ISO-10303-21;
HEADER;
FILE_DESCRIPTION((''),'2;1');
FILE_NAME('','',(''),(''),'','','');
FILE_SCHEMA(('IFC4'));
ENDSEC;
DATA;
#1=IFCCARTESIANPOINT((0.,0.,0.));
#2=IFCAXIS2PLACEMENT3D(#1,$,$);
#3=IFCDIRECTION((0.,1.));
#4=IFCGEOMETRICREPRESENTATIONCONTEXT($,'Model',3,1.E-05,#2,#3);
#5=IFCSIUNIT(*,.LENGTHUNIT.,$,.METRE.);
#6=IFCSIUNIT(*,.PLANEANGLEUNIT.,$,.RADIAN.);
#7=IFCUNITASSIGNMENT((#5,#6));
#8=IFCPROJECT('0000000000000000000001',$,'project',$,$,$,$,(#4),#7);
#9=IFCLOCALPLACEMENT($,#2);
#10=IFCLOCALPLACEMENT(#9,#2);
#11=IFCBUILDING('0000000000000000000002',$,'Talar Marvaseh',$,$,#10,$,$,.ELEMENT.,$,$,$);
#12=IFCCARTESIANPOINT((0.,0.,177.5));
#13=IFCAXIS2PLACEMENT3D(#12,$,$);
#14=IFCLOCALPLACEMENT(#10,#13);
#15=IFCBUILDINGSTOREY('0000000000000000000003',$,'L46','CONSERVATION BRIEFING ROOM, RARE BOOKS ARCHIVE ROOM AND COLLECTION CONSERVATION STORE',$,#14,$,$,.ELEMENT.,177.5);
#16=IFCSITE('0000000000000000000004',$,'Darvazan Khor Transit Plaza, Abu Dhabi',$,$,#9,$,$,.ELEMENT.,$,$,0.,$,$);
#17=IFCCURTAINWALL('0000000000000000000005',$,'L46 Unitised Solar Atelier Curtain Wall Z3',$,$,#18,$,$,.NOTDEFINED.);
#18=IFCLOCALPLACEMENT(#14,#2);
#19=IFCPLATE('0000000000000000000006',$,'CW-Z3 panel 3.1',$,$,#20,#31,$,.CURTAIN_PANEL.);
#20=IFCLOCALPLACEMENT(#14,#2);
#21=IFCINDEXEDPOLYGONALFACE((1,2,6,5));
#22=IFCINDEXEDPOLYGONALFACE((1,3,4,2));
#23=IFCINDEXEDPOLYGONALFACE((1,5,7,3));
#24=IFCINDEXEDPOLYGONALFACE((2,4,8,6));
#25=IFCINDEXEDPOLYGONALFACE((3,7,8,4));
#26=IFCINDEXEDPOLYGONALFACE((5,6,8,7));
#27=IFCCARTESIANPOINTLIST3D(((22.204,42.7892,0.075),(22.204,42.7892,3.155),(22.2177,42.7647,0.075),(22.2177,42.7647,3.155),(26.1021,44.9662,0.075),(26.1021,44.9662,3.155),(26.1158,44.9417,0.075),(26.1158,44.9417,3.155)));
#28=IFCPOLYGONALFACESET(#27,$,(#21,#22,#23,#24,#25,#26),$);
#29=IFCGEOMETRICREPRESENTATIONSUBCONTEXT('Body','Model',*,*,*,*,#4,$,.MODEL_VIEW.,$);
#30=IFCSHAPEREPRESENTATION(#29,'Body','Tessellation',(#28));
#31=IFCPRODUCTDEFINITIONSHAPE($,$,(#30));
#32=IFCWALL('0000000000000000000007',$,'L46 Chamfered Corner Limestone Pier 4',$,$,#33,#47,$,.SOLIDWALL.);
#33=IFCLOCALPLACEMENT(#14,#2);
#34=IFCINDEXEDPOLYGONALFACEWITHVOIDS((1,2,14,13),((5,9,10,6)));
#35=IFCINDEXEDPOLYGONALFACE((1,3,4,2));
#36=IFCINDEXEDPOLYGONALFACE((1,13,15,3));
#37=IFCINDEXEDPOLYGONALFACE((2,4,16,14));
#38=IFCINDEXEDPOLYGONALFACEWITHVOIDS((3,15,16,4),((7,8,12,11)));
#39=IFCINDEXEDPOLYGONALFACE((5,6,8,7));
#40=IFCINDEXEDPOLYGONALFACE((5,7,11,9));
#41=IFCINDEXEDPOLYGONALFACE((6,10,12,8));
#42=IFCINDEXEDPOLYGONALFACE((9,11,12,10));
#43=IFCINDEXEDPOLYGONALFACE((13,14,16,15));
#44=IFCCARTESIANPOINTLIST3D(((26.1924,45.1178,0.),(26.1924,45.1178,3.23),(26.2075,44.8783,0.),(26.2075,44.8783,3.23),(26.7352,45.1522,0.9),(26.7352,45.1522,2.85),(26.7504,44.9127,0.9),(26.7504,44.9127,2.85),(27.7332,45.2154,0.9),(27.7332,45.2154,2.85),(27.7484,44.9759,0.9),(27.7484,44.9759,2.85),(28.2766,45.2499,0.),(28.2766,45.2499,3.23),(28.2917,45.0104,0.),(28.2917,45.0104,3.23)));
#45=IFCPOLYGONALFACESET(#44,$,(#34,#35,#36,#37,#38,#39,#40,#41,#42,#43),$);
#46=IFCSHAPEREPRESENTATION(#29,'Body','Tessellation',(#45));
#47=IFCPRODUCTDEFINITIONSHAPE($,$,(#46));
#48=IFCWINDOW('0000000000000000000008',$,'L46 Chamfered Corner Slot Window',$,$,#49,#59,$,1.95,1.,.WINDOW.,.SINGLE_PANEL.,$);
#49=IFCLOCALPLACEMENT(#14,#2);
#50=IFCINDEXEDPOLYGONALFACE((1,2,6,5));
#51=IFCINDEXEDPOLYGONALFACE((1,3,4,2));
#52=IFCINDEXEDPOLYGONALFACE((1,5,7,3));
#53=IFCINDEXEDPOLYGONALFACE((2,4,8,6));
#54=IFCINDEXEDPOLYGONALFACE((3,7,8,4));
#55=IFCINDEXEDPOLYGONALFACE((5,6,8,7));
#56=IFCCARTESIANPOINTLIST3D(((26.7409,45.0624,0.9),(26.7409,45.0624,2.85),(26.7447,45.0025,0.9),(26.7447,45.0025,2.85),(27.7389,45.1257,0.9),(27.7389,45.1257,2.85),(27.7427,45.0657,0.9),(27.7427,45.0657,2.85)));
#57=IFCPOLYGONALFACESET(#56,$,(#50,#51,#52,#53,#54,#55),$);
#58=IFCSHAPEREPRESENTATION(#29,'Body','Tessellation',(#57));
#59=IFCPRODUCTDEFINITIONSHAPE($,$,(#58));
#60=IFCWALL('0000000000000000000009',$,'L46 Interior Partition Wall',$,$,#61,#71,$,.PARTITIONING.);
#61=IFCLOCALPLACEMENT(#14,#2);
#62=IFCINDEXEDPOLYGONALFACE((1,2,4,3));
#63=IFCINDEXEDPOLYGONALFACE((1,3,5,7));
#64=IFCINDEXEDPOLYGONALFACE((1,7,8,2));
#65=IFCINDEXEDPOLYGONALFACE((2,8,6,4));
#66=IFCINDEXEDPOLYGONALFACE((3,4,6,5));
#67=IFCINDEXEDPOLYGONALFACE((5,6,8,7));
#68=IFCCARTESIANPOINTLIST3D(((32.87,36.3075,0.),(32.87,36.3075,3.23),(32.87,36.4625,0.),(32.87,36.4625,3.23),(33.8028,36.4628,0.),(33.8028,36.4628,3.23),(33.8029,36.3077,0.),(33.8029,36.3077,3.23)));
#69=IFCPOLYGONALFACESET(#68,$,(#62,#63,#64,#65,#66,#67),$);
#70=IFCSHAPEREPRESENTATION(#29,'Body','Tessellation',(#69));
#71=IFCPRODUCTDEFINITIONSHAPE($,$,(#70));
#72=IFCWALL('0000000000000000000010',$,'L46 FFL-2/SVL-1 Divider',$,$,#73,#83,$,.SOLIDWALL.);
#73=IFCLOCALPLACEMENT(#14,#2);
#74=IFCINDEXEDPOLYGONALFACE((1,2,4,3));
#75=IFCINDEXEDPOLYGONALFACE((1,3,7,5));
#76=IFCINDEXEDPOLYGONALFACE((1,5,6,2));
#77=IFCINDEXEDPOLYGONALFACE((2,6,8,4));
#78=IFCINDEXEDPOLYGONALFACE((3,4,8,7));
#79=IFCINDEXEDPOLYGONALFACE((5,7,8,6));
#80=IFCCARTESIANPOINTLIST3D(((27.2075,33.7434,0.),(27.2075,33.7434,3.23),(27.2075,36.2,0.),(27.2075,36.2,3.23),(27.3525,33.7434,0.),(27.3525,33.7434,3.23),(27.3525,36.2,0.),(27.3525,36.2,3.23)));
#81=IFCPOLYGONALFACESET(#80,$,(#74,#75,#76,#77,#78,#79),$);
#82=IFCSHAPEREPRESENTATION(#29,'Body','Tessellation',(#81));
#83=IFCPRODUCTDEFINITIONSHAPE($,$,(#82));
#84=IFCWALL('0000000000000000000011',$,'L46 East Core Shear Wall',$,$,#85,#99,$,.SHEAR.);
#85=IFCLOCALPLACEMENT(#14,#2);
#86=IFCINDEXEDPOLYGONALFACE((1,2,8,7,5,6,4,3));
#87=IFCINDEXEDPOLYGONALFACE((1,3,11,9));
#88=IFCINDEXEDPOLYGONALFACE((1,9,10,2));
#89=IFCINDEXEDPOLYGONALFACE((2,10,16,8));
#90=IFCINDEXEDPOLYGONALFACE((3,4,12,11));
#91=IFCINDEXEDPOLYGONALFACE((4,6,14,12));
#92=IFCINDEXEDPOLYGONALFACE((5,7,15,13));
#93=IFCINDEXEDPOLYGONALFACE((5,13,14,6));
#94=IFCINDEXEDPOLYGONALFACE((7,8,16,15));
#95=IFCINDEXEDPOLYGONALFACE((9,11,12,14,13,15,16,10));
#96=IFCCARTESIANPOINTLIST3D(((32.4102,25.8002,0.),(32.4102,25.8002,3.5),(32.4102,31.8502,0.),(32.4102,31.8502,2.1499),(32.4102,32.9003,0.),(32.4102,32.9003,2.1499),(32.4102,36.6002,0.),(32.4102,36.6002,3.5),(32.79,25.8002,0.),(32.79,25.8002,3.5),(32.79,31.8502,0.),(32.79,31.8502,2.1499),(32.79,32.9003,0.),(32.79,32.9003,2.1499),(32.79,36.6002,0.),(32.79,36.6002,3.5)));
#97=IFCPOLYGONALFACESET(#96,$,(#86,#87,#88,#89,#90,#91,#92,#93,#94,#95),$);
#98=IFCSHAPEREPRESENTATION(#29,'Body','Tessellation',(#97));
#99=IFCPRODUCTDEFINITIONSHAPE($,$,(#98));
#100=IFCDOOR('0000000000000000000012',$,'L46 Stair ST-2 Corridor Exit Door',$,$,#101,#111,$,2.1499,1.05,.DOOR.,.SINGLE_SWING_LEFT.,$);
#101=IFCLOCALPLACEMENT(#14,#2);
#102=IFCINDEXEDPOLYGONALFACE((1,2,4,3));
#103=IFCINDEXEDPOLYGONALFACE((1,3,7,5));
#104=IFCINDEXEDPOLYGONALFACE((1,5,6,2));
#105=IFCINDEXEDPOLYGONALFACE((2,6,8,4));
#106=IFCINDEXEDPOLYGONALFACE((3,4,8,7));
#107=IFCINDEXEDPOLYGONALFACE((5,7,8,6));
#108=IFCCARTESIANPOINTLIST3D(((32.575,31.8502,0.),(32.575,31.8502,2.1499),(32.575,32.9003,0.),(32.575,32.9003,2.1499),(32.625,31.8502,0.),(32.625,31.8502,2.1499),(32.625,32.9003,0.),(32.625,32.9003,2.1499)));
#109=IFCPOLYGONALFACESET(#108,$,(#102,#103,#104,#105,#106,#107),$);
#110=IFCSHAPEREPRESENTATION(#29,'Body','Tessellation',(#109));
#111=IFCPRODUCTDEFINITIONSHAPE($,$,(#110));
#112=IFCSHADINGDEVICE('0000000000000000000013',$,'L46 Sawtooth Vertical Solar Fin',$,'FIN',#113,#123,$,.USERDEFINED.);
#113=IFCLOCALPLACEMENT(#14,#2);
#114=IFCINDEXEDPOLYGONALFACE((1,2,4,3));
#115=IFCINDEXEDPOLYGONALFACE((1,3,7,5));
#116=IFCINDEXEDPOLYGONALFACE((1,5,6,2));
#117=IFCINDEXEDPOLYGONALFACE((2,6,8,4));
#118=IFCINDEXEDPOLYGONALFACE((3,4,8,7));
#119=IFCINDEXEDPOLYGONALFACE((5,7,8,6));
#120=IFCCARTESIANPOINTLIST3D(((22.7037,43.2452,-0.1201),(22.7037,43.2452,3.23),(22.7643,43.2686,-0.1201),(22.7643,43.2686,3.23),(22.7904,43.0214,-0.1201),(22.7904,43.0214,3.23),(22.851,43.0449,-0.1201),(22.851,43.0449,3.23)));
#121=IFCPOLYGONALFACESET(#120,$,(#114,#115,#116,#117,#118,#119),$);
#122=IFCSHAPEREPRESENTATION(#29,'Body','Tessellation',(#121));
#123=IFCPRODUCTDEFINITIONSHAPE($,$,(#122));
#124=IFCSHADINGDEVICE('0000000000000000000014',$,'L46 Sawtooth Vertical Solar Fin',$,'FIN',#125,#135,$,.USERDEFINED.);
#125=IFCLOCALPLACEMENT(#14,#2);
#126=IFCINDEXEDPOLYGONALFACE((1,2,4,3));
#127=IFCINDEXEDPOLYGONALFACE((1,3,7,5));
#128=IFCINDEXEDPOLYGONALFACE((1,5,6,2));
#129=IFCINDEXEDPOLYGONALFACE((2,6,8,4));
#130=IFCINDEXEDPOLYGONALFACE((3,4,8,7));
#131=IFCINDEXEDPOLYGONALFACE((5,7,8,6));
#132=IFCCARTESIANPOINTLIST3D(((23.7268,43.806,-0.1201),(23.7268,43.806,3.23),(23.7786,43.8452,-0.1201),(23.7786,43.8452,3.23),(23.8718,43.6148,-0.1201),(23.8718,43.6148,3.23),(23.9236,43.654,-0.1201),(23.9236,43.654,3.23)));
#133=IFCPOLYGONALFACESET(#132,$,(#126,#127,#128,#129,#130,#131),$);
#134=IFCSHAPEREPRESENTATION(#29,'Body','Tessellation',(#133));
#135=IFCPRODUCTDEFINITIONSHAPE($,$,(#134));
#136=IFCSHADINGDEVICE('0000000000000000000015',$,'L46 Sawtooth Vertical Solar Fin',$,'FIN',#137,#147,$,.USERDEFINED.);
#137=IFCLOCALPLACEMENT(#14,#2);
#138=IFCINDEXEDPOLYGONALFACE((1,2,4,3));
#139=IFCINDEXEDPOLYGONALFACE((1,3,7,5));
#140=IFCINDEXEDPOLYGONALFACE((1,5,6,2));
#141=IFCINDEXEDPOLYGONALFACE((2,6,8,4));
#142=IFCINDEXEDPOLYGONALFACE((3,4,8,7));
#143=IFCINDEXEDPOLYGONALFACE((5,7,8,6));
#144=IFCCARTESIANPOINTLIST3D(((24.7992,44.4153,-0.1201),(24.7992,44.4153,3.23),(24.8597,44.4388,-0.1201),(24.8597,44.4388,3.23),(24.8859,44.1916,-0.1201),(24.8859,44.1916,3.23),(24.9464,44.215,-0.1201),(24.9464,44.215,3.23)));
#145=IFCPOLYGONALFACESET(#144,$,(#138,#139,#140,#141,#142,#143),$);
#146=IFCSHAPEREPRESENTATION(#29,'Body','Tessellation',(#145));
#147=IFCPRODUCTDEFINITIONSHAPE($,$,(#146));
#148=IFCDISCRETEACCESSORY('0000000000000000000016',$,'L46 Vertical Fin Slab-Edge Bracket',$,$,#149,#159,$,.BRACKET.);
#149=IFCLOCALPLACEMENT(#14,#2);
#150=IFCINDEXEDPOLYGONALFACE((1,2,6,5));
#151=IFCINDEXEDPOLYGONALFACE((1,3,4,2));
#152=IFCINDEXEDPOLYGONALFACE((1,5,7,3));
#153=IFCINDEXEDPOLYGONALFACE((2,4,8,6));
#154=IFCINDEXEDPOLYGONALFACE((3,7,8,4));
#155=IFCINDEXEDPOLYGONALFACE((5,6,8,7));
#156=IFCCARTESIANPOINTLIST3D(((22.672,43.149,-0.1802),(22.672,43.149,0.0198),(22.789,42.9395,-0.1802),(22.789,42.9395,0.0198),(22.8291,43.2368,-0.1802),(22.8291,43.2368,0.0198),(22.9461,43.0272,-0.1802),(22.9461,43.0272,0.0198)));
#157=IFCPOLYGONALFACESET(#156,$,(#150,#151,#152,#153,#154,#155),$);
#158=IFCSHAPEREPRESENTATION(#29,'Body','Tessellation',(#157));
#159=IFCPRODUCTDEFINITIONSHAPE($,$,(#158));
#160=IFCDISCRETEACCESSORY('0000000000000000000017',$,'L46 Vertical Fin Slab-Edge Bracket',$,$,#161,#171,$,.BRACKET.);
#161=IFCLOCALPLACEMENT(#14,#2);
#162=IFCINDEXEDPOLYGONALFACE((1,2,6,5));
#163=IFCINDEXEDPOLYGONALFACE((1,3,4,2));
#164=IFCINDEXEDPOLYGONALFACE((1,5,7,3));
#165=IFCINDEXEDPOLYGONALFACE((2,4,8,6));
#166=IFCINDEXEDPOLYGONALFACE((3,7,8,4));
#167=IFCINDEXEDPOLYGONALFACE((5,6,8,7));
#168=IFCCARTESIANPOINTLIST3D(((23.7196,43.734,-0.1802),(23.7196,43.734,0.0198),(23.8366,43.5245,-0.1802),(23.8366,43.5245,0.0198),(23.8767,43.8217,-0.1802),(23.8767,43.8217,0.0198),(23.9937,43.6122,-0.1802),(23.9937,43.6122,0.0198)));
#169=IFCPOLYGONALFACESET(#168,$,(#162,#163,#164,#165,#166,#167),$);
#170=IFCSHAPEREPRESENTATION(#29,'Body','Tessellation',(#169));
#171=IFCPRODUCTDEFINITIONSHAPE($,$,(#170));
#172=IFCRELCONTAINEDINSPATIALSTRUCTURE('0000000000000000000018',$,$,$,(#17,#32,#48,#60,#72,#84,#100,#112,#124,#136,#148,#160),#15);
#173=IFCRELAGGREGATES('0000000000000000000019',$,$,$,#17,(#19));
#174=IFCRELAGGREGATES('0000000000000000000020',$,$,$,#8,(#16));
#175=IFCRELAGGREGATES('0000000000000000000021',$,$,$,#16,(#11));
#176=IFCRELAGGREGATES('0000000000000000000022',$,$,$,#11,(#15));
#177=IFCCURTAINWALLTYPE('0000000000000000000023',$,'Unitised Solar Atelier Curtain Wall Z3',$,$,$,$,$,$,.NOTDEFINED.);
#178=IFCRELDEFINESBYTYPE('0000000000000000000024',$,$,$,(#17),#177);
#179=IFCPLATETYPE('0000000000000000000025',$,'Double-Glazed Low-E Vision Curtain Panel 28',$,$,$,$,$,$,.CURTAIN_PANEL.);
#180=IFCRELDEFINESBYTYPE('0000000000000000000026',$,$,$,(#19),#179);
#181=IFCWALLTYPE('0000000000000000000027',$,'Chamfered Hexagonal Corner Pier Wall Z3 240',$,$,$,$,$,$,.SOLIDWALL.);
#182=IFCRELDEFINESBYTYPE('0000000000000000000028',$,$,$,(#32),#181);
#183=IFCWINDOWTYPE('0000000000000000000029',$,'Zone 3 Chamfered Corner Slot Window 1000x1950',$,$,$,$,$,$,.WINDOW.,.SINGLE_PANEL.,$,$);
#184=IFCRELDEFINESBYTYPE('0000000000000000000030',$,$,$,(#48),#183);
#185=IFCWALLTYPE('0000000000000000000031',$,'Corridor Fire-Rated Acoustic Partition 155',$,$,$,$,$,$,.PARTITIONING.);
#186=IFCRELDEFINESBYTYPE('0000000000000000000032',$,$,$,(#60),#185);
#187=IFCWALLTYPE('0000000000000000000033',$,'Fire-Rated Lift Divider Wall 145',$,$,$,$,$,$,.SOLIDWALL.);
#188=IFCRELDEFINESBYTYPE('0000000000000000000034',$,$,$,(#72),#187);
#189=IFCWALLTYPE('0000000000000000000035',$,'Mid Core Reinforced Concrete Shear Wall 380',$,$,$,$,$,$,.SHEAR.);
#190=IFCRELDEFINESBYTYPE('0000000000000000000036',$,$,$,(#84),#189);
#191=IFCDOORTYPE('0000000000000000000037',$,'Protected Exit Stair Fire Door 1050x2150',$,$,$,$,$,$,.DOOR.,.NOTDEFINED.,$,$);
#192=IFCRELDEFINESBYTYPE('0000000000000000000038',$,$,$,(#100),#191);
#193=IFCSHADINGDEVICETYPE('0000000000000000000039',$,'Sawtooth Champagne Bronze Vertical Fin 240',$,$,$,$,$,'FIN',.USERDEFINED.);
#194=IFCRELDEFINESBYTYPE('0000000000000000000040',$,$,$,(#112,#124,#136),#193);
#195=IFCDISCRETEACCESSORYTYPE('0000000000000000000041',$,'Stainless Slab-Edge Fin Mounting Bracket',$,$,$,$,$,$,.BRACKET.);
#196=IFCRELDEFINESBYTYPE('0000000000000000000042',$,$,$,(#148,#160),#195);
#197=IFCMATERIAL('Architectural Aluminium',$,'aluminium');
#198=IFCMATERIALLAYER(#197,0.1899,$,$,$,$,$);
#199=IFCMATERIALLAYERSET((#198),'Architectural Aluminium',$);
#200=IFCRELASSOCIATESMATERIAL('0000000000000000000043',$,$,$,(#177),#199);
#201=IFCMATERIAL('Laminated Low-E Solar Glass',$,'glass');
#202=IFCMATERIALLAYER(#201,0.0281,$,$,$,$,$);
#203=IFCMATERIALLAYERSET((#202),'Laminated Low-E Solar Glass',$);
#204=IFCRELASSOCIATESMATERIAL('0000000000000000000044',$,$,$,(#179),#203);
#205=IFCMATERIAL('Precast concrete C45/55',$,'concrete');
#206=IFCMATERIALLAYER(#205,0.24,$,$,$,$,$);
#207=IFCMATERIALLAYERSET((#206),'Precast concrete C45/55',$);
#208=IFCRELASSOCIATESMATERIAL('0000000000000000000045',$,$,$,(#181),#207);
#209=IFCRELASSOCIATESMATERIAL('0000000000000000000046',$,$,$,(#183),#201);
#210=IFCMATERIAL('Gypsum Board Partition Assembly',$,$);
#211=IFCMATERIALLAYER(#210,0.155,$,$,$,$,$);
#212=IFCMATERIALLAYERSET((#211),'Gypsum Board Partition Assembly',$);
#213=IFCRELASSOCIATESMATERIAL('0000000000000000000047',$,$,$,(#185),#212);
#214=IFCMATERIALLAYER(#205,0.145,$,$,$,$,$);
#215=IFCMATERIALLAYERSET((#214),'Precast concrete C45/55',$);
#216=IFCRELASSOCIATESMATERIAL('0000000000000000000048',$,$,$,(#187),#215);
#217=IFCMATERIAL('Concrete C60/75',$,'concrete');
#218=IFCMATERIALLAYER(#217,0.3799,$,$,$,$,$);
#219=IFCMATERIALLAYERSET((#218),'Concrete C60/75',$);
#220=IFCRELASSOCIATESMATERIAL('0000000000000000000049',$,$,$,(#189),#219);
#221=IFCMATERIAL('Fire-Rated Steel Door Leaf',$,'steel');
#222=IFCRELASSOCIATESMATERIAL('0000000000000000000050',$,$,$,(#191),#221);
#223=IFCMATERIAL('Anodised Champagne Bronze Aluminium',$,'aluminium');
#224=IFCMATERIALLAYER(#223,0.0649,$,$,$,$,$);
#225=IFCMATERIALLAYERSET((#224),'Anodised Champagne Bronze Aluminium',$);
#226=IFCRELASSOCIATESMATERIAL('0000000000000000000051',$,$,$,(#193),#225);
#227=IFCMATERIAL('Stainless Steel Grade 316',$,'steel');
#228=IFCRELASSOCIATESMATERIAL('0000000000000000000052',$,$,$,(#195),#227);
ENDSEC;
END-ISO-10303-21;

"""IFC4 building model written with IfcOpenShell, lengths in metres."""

from ifc_helpers import new_model, si_unit, direction, frame, frame_2d, origin, origin_2d, place, context, subcontext, project, spatial, rectangle, extrude, source, transform, mapped, material, layer, layer_set, type_object, type_shapes, element, fill, aggregate, save


model = new_model("IFC4")

# Units and contexts
model_context = context("Model", 3, precision=1e-05, world=origin(), true_north=direction((0.0, 1.0)))
body_context = subcontext(model_context, "Body", "Model", "MODEL_VIEW")
ifc_project = project(units=[si_unit("LENGTHUNIT", "METRE"), si_unit("PLANEANGLEUNIT", "RADIAN")], contexts=[model_context])

# Site, building, storey
site_placement = place(None, origin())
site = spatial("IfcSite", under=ifc_project, at=site_placement, Name="Darvazan Khor Transit Plaza, Abu Dhabi", CompositionType="ELEMENT", RefElevation=0.0)
building_placement = place(site_placement, origin())
building = spatial("IfcBuilding", under=site, at=building_placement, Name="Talar Marvaseh", CompositionType="ELEMENT")
storey_placement = place(building_placement, frame((0.0, 0.0, 177.5)))
storey = spatial("IfcBuildingStorey", under=building, at=storey_placement, Name="L46", Description="CONSERVATION BRIEFING ROOM, RARE BOOKS ARCHIVE ROOM AND COLLECTION CONSERVATION STORE", CompositionType="ELEMENT", Elevation=177.5)

# Shared definitions
ifc_material_1 = material(Name="Concrete C60/75", Category="concrete")

# Curtain wall
ifc_material_2 = material(Name="Architectural Aluminium", Category="aluminium")
ifc_layer_1 = layer(ifc_material_2, 0.1899)
ifc_layer_set_1 = layer_set([ifc_layer_1], Name="Architectural Aluminium")
curtain_wall_type = type_object("IfcCurtainWallType", Name="Unitised Solar Atelier Curtain Wall Z3", PredefinedType="NOTDEFINED", material=ifc_layer_set_1)
curtain_wall_1_placement = place(storey_placement, origin())
curtain_wall_1 = element("IfcCurtainWall", 1, at=curtain_wall_1_placement, inside=storey, type_object=curtain_wall_type, Name="L46 Unitised Solar Atelier Curtain Wall Z3", PredefinedType="NOTDEFINED")

# Shared definitions
ifc_material_3 = material(Name="Laminated Low-E Solar Glass", Category="glass")
ifc_layer_2 = layer(ifc_material_3, 0.0281)
ifc_layer_set_2 = layer_set([ifc_layer_2], Name="Laminated Low-E Solar Glass")
plate_type = type_object("IfcPlateType", Name="Double-Glazed Low-E Vision Curtain Panel 28", PredefinedType="CURTAIN_PANEL", material=ifc_layer_set_2)

# Plate
shared_shape_1 = source(origin(), body_context, "Body", "SweptSolid", [
    extrude(rectangle(XDim=4.4648, YDim=0.0281, at=origin_2d()), origin(), (0.0, 0.0, 1.0), 3.0801),
])
plate_1_placement = place(storey_placement, frame((24.1599, 43.8655, 0.075), z_axis=(0.0, 0.0, 1.0), x_axis=(0.873073, 0.487589, 0.0)))
plate_1 = element("IfcPlate", 2, at=plate_1_placement, type_object=plate_type, Name="CW-Z3 panel 3.1", PredefinedType="CURTAIN_PANEL", context=body_context, shape_type="MappedRepresentation", body=[
    mapped(shared_shape_1, transform((0.0, 0.0, 0.0), x_axis=(1.0, 0.0, 0.0), y_axis=(0.0, 1.0, 0.0), z_axis=(0.0, 0.0, 1.0), scale=1.0)),
])
aggregate(curtain_wall_1, [plate_1])

# Wall, opening, window
ifc_material_4 = material(Name="Precast concrete C45/55", Category="concrete")
ifc_layer_3 = layer(ifc_material_4, 0.24)
ifc_layer_set_3 = layer_set([ifc_layer_3], Name="Precast concrete C45/55")
wall_type_1 = type_object("IfcWallType", Name="Chamfered Hexagonal Corner Pier Wall Z3 240", PredefinedType="SOLIDWALL", material=ifc_layer_set_3)
wall_1_placement = place(storey_placement, frame((26.2, 44.998, 0.0), z_axis=(0.0, 0.0, 1.0), x_axis=(0.997998, 0.063244, 0.0)))
wall_1 = element("IfcWall", 3, at=wall_1_placement, inside=storey, type_object=wall_type_1, Name="L46 Chamfered Corner Limestone Pier 4", PredefinedType="SOLIDWALL", context=body_context, shape_type="SweptSolid", body=[
    extrude(rectangle(XDim=2.0884, YDim=0.24, at=frame_2d((1.0442, 0.0))), origin(), (0.0, 0.0, 1.0), 3.23),
])
opening_1_placement = place(wall_1_placement, frame((0.5439, 0.0, 0.8999)))
opening_1 = element("IfcOpeningElement", 4, at=opening_1_placement, cuts=wall_1, PredefinedType="OPENING", context=body_context, shape_type="SweptSolid", body=[
    extrude(rectangle(XDim=1.0, YDim=1.95, at=frame_2d((0.5, 0.9751))), frame((0.0, 0.1299, 0.0), z_axis=(0.0, -1.0, 0.0), x_axis=(1.0, 0.0, 0.0)), (0.0, 0.0, 1.0), 0.26),
])
window_type = type_object("IfcWindowType", Name="Zone 3 Chamfered Corner Slot Window 1000x1950", PartitioningType="SINGLE_PANEL", PredefinedType="WINDOW", material=ifc_material_3)
shared_shape_2 = source(origin(), body_context, "Body", "SweptSolid", [
    extrude(rectangle(XDim=1.0, YDim=1.95, at=frame_2d((0.5, 0.9751))), frame((0.0, 0.03, 0.0), z_axis=(0.0, -1.0, 0.0), x_axis=(1.0, 0.0, 0.0)), (0.0, 0.0, 1.0), 0.0601),
])
type_shapes(window_type, [shared_shape_2])
window_placement = place(opening_1_placement, origin())
window = element("IfcWindow", 5, at=window_placement, inside=storey, type_object=window_type, Name="L46 Chamfered Corner Slot Window", OverallHeight=1.95, OverallWidth=1.0, PartitioningType="SINGLE_PANEL", PredefinedType="WINDOW", context=body_context, shape_type="MappedRepresentation", body=[
    mapped(shared_shape_2, transform((0.0, 0.0, 0.0), x_axis=(1.0, 0.0, 0.0), y_axis=(0.0, 1.0, 0.0), z_axis=(0.0, 0.0, 1.0), scale=1.0)),
])
fill(opening_1, window)

# Walls
ifc_material_5 = material(Name="Gypsum Board Partition Assembly")
ifc_layer_4 = layer(ifc_material_5, 0.155)
ifc_layer_set_4 = layer_set([ifc_layer_4], Name="Gypsum Board Partition Assembly")
wall_type_2 = type_object("IfcWallType", Name="Corridor Fire-Rated Acoustic Partition 155", PredefinedType="PARTITIONING", material=ifc_layer_set_4)
wall_2_placement = place(storey_placement, frame((32.8701, 36.385, 0.0), z_axis=(0.0, 0.0, 1.0), x_axis=(1.0, 0.000262, 0.0)))
element("IfcWall", 6, at=wall_2_placement, inside=storey, type_object=wall_type_2, Name="L46 Interior Partition Wall", PredefinedType="PARTITIONING", context=body_context, shape_type="SweptSolid", body=[
    extrude(rectangle(XDim=0.9329, YDim=0.155, at=frame_2d((0.4663, 0.0))), origin(), (0.0, 0.0, 1.0), 3.23),
])
ifc_layer_5 = layer(ifc_material_4, 0.145)
ifc_layer_set_5 = layer_set([ifc_layer_5], Name="Precast concrete C45/55")
wall_type_3 = type_object("IfcWallType", Name="Fire-Rated Lift Divider Wall 145", PredefinedType="SOLIDWALL", material=ifc_layer_set_5)
wall_3_placement = place(storey_placement, frame((27.28, 33.7434, 0.0), z_axis=(0.0, 0.0, 1.0), x_axis=(0.0, 1.0, 0.0)))
element("IfcWall", 7, at=wall_3_placement, inside=storey, type_object=wall_type_3, Name="L46 FFL-2/SVL-1 Divider", PredefinedType="SOLIDWALL", context=body_context, shape_type="SweptSolid", body=[
    extrude(rectangle(XDim=2.4565, YDim=0.145, at=frame_2d((1.2283, 0.0))), origin(), (0.0, 0.0, 1.0), 3.23),
])

# Wall, opening, door
ifc_layer_6 = layer(ifc_material_1, 0.3799)
ifc_layer_set_6 = layer_set([ifc_layer_6], Name="Concrete C60/75")
wall_type_4 = type_object("IfcWallType", Name="Mid Core Reinforced Concrete Shear Wall 380", PredefinedType="SHEAR", material=ifc_layer_set_6)
wall_4_placement = place(storey_placement, frame((32.6001, 36.6001, 0.0), z_axis=(0.0, 0.0, 1.0), x_axis=(0.0, -1.0, 0.0)))
wall_4 = element("IfcWall", 8, at=wall_4_placement, inside=storey, type_object=wall_type_4, Name="L46 East Core Shear Wall", PredefinedType="SHEAR", context=body_context, shape_type="SweptSolid", body=[
    extrude(rectangle(XDim=10.8, YDim=0.3799, at=frame_2d((5.3999, 0.0))), origin(), (0.0, 0.0, 1.0), 3.5),
])
opening_2_placement = place(wall_4_placement, frame((3.7, 0.0, 0.0)))
opening_2 = element("IfcOpeningElement", 9, at=opening_2_placement, cuts=wall_4, PredefinedType="OPENING", context=body_context, shape_type="SweptSolid", body=[
    extrude(rectangle(XDim=1.05, YDim=2.1499, at=frame_2d((0.5249, 1.075))), frame((0.0, 0.2, 0.0), z_axis=(0.0, -1.0, 0.0), x_axis=(1.0, 0.0, 0.0)), (0.0, 0.0, 1.0), 0.3999),
])
ifc_material_6 = material(Name="Fire-Rated Steel Door Leaf", Category="steel")
door_type = type_object("IfcDoorType", Name="Protected Exit Stair Fire Door 1050x2150", OperationType="NOTDEFINED", PredefinedType="DOOR", material=ifc_material_6)
shared_shape_3 = source(origin(), body_context, "Body", "SweptSolid", [
    extrude(rectangle(XDim=1.05, YDim=2.1499, at=frame_2d((0.5249, 1.075))), frame((0.0, 0.0249, 0.0), z_axis=(0.0, -1.0, 0.0), x_axis=(1.0, 0.0, 0.0)), (0.0, 0.0, 1.0), 0.05),
])
type_shapes(door_type, [shared_shape_3])
door_placement = place(opening_2_placement, origin())
door = element("IfcDoor", 10, at=door_placement, inside=storey, type_object=door_type, Name="L46 Stair ST-2 Corridor Exit Door", OperationType="SINGLE_SWING_LEFT", OverallHeight=2.1499, OverallWidth=1.05, PredefinedType="DOOR", context=body_context, shape_type="MappedRepresentation", body=[
    mapped(shared_shape_3, transform((0.0, 0.0, 0.0), x_axis=(1.0, 0.0, 0.0), y_axis=(0.0, 1.0, 0.0), z_axis=(0.0, 0.0, 1.0), scale=1.0)),
])
fill(opening_2, door)

# Shading devices
ifc_material_7 = material(Name="Anodised Champagne Bronze Aluminium", Category="aluminium")
ifc_layer_7 = layer(ifc_material_7, 0.0649)
ifc_layer_set_7 = layer_set([ifc_layer_7], Name="Anodised Champagne Bronze Aluminium")
shading_device_type = type_object("IfcShadingDeviceType", Name="Sawtooth Champagne Bronze Vertical Fin 240", ElementType="FIN", PredefinedType="USERDEFINED", material=ifc_layer_set_7)
shared_shape_4 = source(origin(), body_context, "Body", "SweptSolid", [
    extrude(rectangle(XDim=0.24, YDim=0.0649, at=origin_2d()), origin(), (0.0, 0.0, 1.0), 3.3501),
])
type_shapes(shading_device_type, [shared_shape_4])
for number, where, z_axis, x_axis, name in (
    (11, (22.7773, 43.145, -0.1201), (0.0, 0.0, 1.0), (-0.361299, 0.93245, 0.0), "L46 Sawtooth Vertical Solar Fin"),
    (12, (23.8252, 43.73, -0.1201), (0.0, 0.0, 1.0), (-0.604321, 0.796741, 0.0), "L46 Sawtooth Vertical Solar Fin"),
    (13, (24.8728, 44.3152, -0.1201), (0.0, 0.0, 1.0), (-0.361299, 0.93245, 0.0), "L46 Sawtooth Vertical Solar Fin"),
):
    element("IfcShadingDevice", number, at=place(storey_placement, frame(where, z_axis=z_axis, x_axis=x_axis)), inside=storey, type_object=shading_device_type, Name=name, ObjectType="FIN", PredefinedType="USERDEFINED", context=body_context, shape_type="MappedRepresentation", body=[
        mapped(shared_shape_4, transform((0.0, 0.0, 0.0), x_axis=(1.0, 0.0, 0.0), y_axis=(0.0, 1.0, 0.0), z_axis=(0.0, 0.0, 1.0), scale=1.0)),
    ])

# Discrete accessories
ifc_material_8 = material(Name="Stainless Steel Grade 316", Category="steel")
discrete_accessory_type = type_object("IfcDiscreteAccessoryType", Name="Stainless Slab-Edge Fin Mounting Bracket", PredefinedType="BRACKET", material=ifc_material_8)
shared_shape_5 = source(origin(), body_context, "Body", "SweptSolid", [
    extrude(rectangle(XDim=0.24, YDim=0.1799, at=origin_2d()), origin(), (0.0, 0.0, 1.0), 0.2),
])
type_shapes(discrete_accessory_type, [shared_shape_5])
for number, where, z_axis, x_axis, name in (
    (14, (22.8091, 43.0881, -0.1802), (0.0, 0.0, 1.0), (-0.487555, 0.873092, 0.0), "L46 Vertical Fin Slab-Edge Bracket"),
    (15, (23.8567, 43.6731, -0.1802), (0.0, 0.0, 1.0), (-0.487555, 0.873092, 0.0), "L46 Vertical Fin Slab-Edge Bracket"),
):
    element("IfcDiscreteAccessory", number, at=place(storey_placement, frame(where, z_axis=z_axis, x_axis=x_axis)), inside=storey, type_object=discrete_accessory_type, Name=name, PredefinedType="BRACKET", context=body_context, shape_type="MappedRepresentation", body=[
        mapped(shared_shape_5, transform((0.0, 0.0, 0.0), x_axis=(1.0, 0.0, 0.0), y_axis=(0.0, 1.0, 0.0), z_axis=(0.0, 0.0, 1.0), scale=1.0)),
    ])

save(model, "model.ifc")
